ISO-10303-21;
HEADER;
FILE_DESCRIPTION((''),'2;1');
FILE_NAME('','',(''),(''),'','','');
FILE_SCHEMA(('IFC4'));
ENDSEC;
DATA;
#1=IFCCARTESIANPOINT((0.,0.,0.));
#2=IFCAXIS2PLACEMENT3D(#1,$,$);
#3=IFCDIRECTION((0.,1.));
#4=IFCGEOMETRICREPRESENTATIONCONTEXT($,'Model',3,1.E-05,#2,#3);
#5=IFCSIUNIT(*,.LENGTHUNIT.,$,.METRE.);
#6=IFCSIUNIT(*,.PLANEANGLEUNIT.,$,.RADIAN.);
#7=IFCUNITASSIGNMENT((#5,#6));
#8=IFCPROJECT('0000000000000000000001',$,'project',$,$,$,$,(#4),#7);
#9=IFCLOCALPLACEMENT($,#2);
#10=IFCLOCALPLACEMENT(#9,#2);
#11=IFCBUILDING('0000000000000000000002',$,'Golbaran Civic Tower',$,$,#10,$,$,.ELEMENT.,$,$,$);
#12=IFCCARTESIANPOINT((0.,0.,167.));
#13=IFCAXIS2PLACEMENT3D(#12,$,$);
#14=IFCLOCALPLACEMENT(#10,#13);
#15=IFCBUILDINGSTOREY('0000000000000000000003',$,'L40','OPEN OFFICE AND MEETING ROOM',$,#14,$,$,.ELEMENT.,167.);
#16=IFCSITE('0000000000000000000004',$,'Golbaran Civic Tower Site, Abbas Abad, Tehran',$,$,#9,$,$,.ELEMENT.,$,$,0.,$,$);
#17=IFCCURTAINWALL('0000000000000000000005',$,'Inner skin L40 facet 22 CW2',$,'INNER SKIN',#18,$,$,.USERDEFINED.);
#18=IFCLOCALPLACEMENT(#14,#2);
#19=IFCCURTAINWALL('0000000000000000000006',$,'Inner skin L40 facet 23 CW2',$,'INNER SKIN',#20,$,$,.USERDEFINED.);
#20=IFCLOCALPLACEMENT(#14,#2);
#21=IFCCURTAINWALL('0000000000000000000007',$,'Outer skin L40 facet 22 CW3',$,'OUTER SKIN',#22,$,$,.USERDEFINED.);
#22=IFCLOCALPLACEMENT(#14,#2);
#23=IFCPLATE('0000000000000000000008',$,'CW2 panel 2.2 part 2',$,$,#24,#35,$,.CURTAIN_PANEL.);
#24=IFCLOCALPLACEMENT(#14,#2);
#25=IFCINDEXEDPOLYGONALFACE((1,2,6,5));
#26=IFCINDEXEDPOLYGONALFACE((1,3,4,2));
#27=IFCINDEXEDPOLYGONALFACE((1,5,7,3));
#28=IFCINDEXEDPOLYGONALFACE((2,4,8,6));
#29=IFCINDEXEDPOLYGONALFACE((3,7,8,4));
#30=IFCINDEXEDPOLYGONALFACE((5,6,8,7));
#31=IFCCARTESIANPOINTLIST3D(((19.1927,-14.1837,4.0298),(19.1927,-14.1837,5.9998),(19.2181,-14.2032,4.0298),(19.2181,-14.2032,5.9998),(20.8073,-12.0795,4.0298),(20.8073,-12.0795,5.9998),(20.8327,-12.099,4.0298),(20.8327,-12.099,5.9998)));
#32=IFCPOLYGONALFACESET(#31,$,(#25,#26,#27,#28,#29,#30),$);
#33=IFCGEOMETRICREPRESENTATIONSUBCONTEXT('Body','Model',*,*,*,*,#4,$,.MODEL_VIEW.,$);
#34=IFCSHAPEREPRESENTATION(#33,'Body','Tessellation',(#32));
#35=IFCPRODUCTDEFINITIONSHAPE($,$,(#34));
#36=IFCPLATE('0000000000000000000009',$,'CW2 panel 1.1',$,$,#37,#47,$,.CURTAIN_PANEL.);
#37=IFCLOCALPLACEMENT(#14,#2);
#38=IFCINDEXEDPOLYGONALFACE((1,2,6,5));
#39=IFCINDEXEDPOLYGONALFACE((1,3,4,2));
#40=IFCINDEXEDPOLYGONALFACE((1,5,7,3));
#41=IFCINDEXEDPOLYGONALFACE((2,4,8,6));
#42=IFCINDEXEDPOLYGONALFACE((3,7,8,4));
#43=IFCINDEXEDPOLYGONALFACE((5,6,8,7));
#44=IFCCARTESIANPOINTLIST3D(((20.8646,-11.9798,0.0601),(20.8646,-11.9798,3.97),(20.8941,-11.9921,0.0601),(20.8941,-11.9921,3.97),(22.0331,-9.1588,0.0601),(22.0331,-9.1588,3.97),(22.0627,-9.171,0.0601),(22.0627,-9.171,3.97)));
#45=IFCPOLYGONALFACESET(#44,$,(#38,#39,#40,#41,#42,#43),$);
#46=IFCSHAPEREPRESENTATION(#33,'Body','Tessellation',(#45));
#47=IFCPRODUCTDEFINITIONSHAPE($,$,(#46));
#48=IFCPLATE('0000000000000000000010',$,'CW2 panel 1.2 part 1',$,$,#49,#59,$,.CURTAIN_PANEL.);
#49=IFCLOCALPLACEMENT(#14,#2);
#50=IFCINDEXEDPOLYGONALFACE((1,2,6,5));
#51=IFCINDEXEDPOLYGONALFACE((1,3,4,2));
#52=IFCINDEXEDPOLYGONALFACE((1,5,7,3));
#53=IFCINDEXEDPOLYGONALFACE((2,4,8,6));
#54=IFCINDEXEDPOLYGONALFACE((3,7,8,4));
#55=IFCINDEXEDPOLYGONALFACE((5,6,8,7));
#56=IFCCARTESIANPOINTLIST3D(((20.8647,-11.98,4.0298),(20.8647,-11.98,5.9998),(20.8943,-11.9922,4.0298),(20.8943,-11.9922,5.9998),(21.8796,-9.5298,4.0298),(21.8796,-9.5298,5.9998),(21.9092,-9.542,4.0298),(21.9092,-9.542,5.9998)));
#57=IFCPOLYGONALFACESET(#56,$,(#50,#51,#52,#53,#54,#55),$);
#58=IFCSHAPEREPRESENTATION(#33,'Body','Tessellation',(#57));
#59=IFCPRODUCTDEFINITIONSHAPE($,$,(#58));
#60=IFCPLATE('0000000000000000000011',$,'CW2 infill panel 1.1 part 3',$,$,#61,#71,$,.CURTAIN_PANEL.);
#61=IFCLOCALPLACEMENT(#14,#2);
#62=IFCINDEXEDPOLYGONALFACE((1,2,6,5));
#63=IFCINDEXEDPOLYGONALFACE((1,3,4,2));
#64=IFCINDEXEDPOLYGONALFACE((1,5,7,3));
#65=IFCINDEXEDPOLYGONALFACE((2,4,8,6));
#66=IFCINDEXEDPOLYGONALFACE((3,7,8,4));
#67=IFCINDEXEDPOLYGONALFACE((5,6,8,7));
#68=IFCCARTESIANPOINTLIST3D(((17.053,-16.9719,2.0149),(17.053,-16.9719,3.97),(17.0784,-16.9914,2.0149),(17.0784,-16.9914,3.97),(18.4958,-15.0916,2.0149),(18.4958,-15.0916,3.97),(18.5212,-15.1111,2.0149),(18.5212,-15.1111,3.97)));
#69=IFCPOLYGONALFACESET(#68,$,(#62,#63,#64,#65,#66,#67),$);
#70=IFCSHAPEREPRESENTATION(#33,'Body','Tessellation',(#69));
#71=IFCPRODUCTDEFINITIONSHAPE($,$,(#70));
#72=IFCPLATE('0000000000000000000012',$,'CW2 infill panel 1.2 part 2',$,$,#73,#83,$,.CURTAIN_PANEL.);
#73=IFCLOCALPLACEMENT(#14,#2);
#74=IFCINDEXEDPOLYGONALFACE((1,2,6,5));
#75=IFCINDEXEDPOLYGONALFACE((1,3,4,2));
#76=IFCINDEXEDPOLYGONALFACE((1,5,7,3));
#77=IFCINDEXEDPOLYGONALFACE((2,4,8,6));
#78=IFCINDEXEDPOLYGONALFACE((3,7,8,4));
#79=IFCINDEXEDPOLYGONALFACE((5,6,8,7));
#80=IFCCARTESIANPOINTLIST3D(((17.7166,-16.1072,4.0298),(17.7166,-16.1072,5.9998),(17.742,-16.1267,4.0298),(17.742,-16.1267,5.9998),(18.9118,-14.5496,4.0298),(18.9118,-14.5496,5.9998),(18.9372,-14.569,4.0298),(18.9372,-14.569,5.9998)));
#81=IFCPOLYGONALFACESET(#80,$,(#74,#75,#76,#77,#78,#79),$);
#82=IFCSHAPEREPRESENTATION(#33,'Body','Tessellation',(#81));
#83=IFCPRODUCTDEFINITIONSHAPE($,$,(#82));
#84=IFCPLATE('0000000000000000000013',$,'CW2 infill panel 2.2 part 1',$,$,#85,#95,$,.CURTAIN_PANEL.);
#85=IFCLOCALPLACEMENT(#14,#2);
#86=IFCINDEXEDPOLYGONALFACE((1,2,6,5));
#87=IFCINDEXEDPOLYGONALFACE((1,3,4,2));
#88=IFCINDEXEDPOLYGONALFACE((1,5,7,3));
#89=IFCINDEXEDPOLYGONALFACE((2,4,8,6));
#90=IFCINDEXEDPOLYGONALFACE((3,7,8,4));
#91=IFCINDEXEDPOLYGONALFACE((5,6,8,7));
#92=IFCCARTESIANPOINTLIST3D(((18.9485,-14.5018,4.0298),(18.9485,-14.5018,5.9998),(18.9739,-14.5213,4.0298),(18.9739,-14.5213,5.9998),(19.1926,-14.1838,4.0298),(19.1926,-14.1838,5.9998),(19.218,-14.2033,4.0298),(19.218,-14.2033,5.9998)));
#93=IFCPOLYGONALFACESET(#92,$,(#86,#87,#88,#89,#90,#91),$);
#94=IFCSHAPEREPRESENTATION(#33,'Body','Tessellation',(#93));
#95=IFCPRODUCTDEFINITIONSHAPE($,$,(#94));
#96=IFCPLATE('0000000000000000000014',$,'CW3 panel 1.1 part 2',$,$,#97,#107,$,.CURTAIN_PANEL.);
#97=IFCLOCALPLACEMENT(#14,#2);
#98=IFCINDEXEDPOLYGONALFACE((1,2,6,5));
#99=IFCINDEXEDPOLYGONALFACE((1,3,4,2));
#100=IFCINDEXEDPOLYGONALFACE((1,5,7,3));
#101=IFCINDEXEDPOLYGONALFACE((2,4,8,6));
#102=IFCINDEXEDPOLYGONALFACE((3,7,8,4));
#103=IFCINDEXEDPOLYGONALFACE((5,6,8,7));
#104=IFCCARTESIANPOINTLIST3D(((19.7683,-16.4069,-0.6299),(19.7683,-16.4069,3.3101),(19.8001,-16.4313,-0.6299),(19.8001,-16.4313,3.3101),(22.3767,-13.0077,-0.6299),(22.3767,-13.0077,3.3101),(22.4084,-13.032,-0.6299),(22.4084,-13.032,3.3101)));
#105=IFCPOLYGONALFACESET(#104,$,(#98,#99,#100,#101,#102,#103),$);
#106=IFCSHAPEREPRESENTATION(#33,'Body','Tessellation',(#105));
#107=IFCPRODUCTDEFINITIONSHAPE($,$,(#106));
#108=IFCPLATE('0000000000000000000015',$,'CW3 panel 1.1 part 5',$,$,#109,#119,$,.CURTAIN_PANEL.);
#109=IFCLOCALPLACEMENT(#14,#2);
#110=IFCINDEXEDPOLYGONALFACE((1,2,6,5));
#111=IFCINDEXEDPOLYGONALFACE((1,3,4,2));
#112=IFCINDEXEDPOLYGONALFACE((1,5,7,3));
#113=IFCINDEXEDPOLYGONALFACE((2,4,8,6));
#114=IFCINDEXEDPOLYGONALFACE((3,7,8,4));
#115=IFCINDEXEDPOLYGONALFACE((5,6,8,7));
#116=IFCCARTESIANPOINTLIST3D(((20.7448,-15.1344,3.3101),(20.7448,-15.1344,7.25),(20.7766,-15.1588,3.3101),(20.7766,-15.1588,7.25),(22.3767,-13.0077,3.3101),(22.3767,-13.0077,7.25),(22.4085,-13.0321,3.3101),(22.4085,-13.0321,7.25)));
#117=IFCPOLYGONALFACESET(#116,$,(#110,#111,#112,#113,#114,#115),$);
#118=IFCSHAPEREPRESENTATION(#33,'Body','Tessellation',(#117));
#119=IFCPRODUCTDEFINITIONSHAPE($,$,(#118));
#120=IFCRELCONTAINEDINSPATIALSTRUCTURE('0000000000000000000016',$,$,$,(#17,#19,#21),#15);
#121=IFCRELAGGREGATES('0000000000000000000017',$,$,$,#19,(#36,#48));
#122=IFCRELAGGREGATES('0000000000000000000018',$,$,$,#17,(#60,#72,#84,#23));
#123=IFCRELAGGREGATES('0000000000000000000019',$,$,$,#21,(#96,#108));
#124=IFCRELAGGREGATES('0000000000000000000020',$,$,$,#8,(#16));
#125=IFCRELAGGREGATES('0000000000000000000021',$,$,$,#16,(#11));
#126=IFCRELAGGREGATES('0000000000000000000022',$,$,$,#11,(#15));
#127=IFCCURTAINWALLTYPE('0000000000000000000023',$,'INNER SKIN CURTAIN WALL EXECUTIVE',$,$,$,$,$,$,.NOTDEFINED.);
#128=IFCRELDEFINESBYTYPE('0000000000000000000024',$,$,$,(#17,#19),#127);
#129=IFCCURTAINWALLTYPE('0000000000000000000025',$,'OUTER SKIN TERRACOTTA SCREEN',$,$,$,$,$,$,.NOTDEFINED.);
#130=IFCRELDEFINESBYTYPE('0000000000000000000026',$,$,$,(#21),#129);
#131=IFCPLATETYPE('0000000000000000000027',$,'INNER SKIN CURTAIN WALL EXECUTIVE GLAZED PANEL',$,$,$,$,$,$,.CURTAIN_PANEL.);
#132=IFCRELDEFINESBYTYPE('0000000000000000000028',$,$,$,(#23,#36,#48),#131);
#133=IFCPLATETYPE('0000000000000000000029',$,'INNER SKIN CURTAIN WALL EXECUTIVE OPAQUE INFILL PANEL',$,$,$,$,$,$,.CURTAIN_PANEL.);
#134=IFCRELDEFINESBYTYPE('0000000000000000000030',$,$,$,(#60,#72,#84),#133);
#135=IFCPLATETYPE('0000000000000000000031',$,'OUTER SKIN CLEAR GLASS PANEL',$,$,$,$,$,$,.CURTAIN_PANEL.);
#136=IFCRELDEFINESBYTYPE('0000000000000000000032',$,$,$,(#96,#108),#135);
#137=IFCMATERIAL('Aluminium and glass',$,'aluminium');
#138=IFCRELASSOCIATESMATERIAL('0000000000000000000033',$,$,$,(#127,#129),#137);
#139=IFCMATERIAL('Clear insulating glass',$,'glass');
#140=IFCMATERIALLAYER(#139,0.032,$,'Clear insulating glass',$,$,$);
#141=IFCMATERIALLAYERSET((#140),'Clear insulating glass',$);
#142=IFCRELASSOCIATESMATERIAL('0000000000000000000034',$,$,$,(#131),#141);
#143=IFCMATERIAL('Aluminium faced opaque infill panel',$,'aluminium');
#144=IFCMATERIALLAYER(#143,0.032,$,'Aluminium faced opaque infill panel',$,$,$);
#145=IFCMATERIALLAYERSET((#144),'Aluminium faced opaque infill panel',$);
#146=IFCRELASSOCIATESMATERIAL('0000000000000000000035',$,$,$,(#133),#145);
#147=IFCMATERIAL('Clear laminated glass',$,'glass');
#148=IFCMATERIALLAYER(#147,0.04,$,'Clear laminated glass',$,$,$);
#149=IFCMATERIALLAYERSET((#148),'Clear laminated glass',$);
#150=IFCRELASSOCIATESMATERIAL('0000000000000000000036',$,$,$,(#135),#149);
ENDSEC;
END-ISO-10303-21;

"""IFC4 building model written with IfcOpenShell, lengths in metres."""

from ifc_helpers import new_model, si_unit, direction, frame, origin, origin_2d, place, context, subcontext, project, spatial, rectangle, extrude, material, layer, layer_set, type_object, element, aggregate, save


model = new_model("IFC4")

# Units and contexts
model_context = context("Model", 3, precision=1e-05, world=origin(), true_north=direction((0.0, 1.0)))
body_context = subcontext(model_context, "Body", "Model", "MODEL_VIEW")
ifc_project = project(units=[si_unit("LENGTHUNIT", "METRE"), si_unit("PLANEANGLEUNIT", "RADIAN")], contexts=[model_context])

# Site, building, storey
site_placement = place(None, origin())
site = spatial("IfcSite", under=ifc_project, at=site_placement, Name="Golbaran Civic Tower Site, Abbas Abad, Tehran", CompositionType="ELEMENT", RefElevation=0.0)
building_placement = place(site_placement, origin())
building = spatial("IfcBuilding", under=site, at=building_placement, Name="Golbaran Civic Tower", CompositionType="ELEMENT")
storey_placement = place(building_placement, frame((0.0, 0.0, 167.0)))
storey = spatial("IfcBuildingStorey", under=building, at=storey_placement, Name="L40", Description="OPEN OFFICE AND MEETING ROOM", CompositionType="ELEMENT", Elevation=167.0)

# Curtain wall
ifc_material_1 = material(Name="Aluminium and glass", Category="aluminium")
curtain_wall_type_1 = type_object("IfcCurtainWallType", Name="INNER SKIN CURTAIN WALL EXECUTIVE", PredefinedType="NOTDEFINED", material=ifc_material_1)
curtain_wall_1_placement = place(storey_placement, origin())
curtain_wall_1 = element("IfcCurtainWall", 1, at=curtain_wall_1_placement, inside=storey, type_object=curtain_wall_type_1, Name="Inner skin L40 facet 22 CW2", ObjectType="INNER SKIN", PredefinedType="USERDEFINED")

# Curtain wall
curtain_wall_2_placement = place(storey_placement, origin())
curtain_wall_2 = element("IfcCurtainWall", 2, at=curtain_wall_2_placement, inside=storey, type_object=curtain_wall_type_1, Name="Inner skin L40 facet 23 CW2", ObjectType="INNER SKIN", PredefinedType="USERDEFINED")

# Curtain wall
curtain_wall_type_2 = type_object("IfcCurtainWallType", Name="OUTER SKIN TERRACOTTA SCREEN", PredefinedType="NOTDEFINED", material=ifc_material_1)
curtain_wall_3_placement = place(storey_placement, origin())
curtain_wall_3 = element("IfcCurtainWall", 3, at=curtain_wall_3_placement, inside=storey, type_object=curtain_wall_type_2, Name="Outer skin L40 facet 22 CW3", ObjectType="OUTER SKIN", PredefinedType="USERDEFINED")

# Plates
ifc_material_2 = material(Name="Clear insulating glass", Category="glass")
ifc_layer_1 = layer(ifc_material_2, 0.032, Name="Clear insulating glass")
ifc_layer_set_1 = layer_set([ifc_layer_1], Name="Clear insulating glass")
plate_type_1 = type_object("IfcPlateType", Name="INNER SKIN CURTAIN WALL EXECUTIVE GLAZED PANEL", PredefinedType="CURTAIN_PANEL", material=ifc_layer_set_1)
plate_1_placement = place(storey_placement, frame((20.0127, -13.1414, 4.0298), z_axis=(0.0, 0.0, 1.0), x_axis=(0.608761, 0.793353, 0.0)))
plate_1 = element("IfcPlate", 4, at=plate_1_placement, type_object=plate_type_1, Name="CW2 panel 2.2 part 2", PredefinedType="CURTAIN_PANEL", context=body_context, shape_type="SweptSolid", body=[
    extrude(rectangle(XDim=2.6523, YDim=0.032, at=origin_2d()), origin(), (0.0, 0.0, 1.0), 1.97),
])
plate_2_placement = place(storey_placement, frame((21.4636, -10.5754, 0.0601), z_axis=(0.0, 0.0, 1.0), x_axis=(0.382683, 0.92388, 0.0)))
plate_2 = element("IfcPlate", 5, at=plate_2_placement, type_object=plate_type_1, Name="CW2 panel 1.1", PredefinedType="CURTAIN_PANEL", context=body_context, shape_type="SweptSolid", body=[
    extrude(rectangle(XDim=3.0535, YDim=0.032, at=origin_2d()), origin(), (0.0, 0.0, 1.0), 3.9099),
])
plate_3_placement = place(storey_placement, frame((21.387, -10.761, 4.0298), z_axis=(0.0, 0.0, 1.0), x_axis=(0.382683, 0.92388, 0.0)))
plate_3 = element("IfcPlate", 6, at=plate_3_placement, type_object=plate_type_1, Name="CW2 panel 1.2 part 1", PredefinedType="CURTAIN_PANEL", context=body_context, shape_type="SweptSolid", body=[
    extrude(rectangle(XDim=2.6521, YDim=0.032, at=origin_2d()), origin(), (0.0, 0.0, 1.0), 1.97),
])
aggregate(curtain_wall_2, [plate_2, plate_3])
ifc_material_3 = material(Name="Aluminium faced opaque infill panel", Category="aluminium")
ifc_layer_2 = layer(ifc_material_3, 0.032, Name="Aluminium faced opaque infill panel")
ifc_layer_set_2 = layer_set([ifc_layer_2], Name="Aluminium faced opaque infill panel")
plate_type_2 = type_object("IfcPlateType", Name="INNER SKIN CURTAIN WALL EXECUTIVE OPAQUE INFILL PANEL", PredefinedType="CURTAIN_PANEL", material=ifc_layer_set_2)
plate_4_placement = place(storey_placement, frame((17.7871, -16.0415, 2.0149), z_axis=(0.0, 0.0, 1.0), x_axis=(0.608761, 0.793353, 0.0)))
plate_4 = element("IfcPlate", 7, at=plate_4_placement, type_object=plate_type_2, Name="CW2 infill panel 1.1 part 3", PredefinedType="CURTAIN_PANEL", context=body_context, shape_type="SweptSolid", body=[
    extrude(rectangle(XDim=2.3701, YDim=0.032, at=origin_2d()), origin(), (0.0, 0.0, 1.0), 1.9551),
])
plate_5_placement = place(storey_placement, frame((18.3269, -15.3381, 4.0298), z_axis=(0.0, 0.0, 1.0), x_axis=(0.608761, 0.793353, 0.0)))
plate_5 = element("IfcPlate", 8, at=plate_5_placement, type_object=plate_type_2, Name="CW2 infill panel 1.2 part 2", PredefinedType="CURTAIN_PANEL", context=body_context, shape_type="SweptSolid", body=[
    extrude(rectangle(XDim=1.9634, YDim=0.032, at=origin_2d()), origin(), (0.0, 0.0, 1.0), 1.97),
])
plate_6_placement = place(storey_placement, frame((19.0833, -14.3525, 4.0298), z_axis=(0.0, 0.0, 1.0), x_axis=(0.608761, 0.793353, 0.0)))
plate_6 = element("IfcPlate", 9, at=plate_6_placement, type_object=plate_type_2, Name="CW2 infill panel 2.2 part 1", PredefinedType="CURTAIN_PANEL", context=body_context, shape_type="SweptSolid", body=[
    extrude(rectangle(XDim=0.4009, YDim=0.032, at=origin_2d()), origin(), (0.0, 0.0, 1.0), 1.97),
])
aggregate(curtain_wall_1, [plate_4, plate_5, plate_6, plate_1])
ifc_material_4 = material(Name="Clear laminated glass", Category="glass")
ifc_layer_3 = layer(ifc_material_4, 0.04, Name="Clear laminated glass")
ifc_layer_set_3 = layer_set([ifc_layer_3], Name="Clear laminated glass")
plate_type_3 = type_object("IfcPlateType", Name="OUTER SKIN CLEAR GLASS PANEL", PredefinedType="CURTAIN_PANEL", material=ifc_layer_set_3)
plate_7_placement = place(storey_placement, frame((21.0884, -14.7195, -0.6299), z_axis=(0.0, 0.0, 1.0), x_axis=(0.608761, 0.793353, 0.0)))
plate_7 = element("IfcPlate", 10, at=plate_7_placement, type_object=plate_type_3, Name="CW3 panel 1.1 part 2", PredefinedType="CURTAIN_PANEL", context=body_context, shape_type="SweptSolid", body=[
    extrude(rectangle(XDim=4.2847, YDim=0.04, at=origin_2d()), origin(), (0.0, 0.0, 1.0), 3.9399),
])
plate_8_placement = place(storey_placement, frame((21.5767, -14.0833, 3.3101), z_axis=(0.0, 0.0, 1.0), x_axis=(0.608761, 0.793353, 0.0)))
plate_8 = element("IfcPlate", 11, at=plate_8_placement, type_object=plate_type_3, Name="CW3 panel 1.1 part 5", PredefinedType="CURTAIN_PANEL", context=body_context, shape_type="SweptSolid", body=[
    extrude(rectangle(XDim=2.6807, YDim=0.04, at=origin_2d()), origin(), (0.0, 0.0, 1.0), 3.9399),
])
aggregate(curtain_wall_3, [plate_7, plate_8])

save(model, "model.ifc")
